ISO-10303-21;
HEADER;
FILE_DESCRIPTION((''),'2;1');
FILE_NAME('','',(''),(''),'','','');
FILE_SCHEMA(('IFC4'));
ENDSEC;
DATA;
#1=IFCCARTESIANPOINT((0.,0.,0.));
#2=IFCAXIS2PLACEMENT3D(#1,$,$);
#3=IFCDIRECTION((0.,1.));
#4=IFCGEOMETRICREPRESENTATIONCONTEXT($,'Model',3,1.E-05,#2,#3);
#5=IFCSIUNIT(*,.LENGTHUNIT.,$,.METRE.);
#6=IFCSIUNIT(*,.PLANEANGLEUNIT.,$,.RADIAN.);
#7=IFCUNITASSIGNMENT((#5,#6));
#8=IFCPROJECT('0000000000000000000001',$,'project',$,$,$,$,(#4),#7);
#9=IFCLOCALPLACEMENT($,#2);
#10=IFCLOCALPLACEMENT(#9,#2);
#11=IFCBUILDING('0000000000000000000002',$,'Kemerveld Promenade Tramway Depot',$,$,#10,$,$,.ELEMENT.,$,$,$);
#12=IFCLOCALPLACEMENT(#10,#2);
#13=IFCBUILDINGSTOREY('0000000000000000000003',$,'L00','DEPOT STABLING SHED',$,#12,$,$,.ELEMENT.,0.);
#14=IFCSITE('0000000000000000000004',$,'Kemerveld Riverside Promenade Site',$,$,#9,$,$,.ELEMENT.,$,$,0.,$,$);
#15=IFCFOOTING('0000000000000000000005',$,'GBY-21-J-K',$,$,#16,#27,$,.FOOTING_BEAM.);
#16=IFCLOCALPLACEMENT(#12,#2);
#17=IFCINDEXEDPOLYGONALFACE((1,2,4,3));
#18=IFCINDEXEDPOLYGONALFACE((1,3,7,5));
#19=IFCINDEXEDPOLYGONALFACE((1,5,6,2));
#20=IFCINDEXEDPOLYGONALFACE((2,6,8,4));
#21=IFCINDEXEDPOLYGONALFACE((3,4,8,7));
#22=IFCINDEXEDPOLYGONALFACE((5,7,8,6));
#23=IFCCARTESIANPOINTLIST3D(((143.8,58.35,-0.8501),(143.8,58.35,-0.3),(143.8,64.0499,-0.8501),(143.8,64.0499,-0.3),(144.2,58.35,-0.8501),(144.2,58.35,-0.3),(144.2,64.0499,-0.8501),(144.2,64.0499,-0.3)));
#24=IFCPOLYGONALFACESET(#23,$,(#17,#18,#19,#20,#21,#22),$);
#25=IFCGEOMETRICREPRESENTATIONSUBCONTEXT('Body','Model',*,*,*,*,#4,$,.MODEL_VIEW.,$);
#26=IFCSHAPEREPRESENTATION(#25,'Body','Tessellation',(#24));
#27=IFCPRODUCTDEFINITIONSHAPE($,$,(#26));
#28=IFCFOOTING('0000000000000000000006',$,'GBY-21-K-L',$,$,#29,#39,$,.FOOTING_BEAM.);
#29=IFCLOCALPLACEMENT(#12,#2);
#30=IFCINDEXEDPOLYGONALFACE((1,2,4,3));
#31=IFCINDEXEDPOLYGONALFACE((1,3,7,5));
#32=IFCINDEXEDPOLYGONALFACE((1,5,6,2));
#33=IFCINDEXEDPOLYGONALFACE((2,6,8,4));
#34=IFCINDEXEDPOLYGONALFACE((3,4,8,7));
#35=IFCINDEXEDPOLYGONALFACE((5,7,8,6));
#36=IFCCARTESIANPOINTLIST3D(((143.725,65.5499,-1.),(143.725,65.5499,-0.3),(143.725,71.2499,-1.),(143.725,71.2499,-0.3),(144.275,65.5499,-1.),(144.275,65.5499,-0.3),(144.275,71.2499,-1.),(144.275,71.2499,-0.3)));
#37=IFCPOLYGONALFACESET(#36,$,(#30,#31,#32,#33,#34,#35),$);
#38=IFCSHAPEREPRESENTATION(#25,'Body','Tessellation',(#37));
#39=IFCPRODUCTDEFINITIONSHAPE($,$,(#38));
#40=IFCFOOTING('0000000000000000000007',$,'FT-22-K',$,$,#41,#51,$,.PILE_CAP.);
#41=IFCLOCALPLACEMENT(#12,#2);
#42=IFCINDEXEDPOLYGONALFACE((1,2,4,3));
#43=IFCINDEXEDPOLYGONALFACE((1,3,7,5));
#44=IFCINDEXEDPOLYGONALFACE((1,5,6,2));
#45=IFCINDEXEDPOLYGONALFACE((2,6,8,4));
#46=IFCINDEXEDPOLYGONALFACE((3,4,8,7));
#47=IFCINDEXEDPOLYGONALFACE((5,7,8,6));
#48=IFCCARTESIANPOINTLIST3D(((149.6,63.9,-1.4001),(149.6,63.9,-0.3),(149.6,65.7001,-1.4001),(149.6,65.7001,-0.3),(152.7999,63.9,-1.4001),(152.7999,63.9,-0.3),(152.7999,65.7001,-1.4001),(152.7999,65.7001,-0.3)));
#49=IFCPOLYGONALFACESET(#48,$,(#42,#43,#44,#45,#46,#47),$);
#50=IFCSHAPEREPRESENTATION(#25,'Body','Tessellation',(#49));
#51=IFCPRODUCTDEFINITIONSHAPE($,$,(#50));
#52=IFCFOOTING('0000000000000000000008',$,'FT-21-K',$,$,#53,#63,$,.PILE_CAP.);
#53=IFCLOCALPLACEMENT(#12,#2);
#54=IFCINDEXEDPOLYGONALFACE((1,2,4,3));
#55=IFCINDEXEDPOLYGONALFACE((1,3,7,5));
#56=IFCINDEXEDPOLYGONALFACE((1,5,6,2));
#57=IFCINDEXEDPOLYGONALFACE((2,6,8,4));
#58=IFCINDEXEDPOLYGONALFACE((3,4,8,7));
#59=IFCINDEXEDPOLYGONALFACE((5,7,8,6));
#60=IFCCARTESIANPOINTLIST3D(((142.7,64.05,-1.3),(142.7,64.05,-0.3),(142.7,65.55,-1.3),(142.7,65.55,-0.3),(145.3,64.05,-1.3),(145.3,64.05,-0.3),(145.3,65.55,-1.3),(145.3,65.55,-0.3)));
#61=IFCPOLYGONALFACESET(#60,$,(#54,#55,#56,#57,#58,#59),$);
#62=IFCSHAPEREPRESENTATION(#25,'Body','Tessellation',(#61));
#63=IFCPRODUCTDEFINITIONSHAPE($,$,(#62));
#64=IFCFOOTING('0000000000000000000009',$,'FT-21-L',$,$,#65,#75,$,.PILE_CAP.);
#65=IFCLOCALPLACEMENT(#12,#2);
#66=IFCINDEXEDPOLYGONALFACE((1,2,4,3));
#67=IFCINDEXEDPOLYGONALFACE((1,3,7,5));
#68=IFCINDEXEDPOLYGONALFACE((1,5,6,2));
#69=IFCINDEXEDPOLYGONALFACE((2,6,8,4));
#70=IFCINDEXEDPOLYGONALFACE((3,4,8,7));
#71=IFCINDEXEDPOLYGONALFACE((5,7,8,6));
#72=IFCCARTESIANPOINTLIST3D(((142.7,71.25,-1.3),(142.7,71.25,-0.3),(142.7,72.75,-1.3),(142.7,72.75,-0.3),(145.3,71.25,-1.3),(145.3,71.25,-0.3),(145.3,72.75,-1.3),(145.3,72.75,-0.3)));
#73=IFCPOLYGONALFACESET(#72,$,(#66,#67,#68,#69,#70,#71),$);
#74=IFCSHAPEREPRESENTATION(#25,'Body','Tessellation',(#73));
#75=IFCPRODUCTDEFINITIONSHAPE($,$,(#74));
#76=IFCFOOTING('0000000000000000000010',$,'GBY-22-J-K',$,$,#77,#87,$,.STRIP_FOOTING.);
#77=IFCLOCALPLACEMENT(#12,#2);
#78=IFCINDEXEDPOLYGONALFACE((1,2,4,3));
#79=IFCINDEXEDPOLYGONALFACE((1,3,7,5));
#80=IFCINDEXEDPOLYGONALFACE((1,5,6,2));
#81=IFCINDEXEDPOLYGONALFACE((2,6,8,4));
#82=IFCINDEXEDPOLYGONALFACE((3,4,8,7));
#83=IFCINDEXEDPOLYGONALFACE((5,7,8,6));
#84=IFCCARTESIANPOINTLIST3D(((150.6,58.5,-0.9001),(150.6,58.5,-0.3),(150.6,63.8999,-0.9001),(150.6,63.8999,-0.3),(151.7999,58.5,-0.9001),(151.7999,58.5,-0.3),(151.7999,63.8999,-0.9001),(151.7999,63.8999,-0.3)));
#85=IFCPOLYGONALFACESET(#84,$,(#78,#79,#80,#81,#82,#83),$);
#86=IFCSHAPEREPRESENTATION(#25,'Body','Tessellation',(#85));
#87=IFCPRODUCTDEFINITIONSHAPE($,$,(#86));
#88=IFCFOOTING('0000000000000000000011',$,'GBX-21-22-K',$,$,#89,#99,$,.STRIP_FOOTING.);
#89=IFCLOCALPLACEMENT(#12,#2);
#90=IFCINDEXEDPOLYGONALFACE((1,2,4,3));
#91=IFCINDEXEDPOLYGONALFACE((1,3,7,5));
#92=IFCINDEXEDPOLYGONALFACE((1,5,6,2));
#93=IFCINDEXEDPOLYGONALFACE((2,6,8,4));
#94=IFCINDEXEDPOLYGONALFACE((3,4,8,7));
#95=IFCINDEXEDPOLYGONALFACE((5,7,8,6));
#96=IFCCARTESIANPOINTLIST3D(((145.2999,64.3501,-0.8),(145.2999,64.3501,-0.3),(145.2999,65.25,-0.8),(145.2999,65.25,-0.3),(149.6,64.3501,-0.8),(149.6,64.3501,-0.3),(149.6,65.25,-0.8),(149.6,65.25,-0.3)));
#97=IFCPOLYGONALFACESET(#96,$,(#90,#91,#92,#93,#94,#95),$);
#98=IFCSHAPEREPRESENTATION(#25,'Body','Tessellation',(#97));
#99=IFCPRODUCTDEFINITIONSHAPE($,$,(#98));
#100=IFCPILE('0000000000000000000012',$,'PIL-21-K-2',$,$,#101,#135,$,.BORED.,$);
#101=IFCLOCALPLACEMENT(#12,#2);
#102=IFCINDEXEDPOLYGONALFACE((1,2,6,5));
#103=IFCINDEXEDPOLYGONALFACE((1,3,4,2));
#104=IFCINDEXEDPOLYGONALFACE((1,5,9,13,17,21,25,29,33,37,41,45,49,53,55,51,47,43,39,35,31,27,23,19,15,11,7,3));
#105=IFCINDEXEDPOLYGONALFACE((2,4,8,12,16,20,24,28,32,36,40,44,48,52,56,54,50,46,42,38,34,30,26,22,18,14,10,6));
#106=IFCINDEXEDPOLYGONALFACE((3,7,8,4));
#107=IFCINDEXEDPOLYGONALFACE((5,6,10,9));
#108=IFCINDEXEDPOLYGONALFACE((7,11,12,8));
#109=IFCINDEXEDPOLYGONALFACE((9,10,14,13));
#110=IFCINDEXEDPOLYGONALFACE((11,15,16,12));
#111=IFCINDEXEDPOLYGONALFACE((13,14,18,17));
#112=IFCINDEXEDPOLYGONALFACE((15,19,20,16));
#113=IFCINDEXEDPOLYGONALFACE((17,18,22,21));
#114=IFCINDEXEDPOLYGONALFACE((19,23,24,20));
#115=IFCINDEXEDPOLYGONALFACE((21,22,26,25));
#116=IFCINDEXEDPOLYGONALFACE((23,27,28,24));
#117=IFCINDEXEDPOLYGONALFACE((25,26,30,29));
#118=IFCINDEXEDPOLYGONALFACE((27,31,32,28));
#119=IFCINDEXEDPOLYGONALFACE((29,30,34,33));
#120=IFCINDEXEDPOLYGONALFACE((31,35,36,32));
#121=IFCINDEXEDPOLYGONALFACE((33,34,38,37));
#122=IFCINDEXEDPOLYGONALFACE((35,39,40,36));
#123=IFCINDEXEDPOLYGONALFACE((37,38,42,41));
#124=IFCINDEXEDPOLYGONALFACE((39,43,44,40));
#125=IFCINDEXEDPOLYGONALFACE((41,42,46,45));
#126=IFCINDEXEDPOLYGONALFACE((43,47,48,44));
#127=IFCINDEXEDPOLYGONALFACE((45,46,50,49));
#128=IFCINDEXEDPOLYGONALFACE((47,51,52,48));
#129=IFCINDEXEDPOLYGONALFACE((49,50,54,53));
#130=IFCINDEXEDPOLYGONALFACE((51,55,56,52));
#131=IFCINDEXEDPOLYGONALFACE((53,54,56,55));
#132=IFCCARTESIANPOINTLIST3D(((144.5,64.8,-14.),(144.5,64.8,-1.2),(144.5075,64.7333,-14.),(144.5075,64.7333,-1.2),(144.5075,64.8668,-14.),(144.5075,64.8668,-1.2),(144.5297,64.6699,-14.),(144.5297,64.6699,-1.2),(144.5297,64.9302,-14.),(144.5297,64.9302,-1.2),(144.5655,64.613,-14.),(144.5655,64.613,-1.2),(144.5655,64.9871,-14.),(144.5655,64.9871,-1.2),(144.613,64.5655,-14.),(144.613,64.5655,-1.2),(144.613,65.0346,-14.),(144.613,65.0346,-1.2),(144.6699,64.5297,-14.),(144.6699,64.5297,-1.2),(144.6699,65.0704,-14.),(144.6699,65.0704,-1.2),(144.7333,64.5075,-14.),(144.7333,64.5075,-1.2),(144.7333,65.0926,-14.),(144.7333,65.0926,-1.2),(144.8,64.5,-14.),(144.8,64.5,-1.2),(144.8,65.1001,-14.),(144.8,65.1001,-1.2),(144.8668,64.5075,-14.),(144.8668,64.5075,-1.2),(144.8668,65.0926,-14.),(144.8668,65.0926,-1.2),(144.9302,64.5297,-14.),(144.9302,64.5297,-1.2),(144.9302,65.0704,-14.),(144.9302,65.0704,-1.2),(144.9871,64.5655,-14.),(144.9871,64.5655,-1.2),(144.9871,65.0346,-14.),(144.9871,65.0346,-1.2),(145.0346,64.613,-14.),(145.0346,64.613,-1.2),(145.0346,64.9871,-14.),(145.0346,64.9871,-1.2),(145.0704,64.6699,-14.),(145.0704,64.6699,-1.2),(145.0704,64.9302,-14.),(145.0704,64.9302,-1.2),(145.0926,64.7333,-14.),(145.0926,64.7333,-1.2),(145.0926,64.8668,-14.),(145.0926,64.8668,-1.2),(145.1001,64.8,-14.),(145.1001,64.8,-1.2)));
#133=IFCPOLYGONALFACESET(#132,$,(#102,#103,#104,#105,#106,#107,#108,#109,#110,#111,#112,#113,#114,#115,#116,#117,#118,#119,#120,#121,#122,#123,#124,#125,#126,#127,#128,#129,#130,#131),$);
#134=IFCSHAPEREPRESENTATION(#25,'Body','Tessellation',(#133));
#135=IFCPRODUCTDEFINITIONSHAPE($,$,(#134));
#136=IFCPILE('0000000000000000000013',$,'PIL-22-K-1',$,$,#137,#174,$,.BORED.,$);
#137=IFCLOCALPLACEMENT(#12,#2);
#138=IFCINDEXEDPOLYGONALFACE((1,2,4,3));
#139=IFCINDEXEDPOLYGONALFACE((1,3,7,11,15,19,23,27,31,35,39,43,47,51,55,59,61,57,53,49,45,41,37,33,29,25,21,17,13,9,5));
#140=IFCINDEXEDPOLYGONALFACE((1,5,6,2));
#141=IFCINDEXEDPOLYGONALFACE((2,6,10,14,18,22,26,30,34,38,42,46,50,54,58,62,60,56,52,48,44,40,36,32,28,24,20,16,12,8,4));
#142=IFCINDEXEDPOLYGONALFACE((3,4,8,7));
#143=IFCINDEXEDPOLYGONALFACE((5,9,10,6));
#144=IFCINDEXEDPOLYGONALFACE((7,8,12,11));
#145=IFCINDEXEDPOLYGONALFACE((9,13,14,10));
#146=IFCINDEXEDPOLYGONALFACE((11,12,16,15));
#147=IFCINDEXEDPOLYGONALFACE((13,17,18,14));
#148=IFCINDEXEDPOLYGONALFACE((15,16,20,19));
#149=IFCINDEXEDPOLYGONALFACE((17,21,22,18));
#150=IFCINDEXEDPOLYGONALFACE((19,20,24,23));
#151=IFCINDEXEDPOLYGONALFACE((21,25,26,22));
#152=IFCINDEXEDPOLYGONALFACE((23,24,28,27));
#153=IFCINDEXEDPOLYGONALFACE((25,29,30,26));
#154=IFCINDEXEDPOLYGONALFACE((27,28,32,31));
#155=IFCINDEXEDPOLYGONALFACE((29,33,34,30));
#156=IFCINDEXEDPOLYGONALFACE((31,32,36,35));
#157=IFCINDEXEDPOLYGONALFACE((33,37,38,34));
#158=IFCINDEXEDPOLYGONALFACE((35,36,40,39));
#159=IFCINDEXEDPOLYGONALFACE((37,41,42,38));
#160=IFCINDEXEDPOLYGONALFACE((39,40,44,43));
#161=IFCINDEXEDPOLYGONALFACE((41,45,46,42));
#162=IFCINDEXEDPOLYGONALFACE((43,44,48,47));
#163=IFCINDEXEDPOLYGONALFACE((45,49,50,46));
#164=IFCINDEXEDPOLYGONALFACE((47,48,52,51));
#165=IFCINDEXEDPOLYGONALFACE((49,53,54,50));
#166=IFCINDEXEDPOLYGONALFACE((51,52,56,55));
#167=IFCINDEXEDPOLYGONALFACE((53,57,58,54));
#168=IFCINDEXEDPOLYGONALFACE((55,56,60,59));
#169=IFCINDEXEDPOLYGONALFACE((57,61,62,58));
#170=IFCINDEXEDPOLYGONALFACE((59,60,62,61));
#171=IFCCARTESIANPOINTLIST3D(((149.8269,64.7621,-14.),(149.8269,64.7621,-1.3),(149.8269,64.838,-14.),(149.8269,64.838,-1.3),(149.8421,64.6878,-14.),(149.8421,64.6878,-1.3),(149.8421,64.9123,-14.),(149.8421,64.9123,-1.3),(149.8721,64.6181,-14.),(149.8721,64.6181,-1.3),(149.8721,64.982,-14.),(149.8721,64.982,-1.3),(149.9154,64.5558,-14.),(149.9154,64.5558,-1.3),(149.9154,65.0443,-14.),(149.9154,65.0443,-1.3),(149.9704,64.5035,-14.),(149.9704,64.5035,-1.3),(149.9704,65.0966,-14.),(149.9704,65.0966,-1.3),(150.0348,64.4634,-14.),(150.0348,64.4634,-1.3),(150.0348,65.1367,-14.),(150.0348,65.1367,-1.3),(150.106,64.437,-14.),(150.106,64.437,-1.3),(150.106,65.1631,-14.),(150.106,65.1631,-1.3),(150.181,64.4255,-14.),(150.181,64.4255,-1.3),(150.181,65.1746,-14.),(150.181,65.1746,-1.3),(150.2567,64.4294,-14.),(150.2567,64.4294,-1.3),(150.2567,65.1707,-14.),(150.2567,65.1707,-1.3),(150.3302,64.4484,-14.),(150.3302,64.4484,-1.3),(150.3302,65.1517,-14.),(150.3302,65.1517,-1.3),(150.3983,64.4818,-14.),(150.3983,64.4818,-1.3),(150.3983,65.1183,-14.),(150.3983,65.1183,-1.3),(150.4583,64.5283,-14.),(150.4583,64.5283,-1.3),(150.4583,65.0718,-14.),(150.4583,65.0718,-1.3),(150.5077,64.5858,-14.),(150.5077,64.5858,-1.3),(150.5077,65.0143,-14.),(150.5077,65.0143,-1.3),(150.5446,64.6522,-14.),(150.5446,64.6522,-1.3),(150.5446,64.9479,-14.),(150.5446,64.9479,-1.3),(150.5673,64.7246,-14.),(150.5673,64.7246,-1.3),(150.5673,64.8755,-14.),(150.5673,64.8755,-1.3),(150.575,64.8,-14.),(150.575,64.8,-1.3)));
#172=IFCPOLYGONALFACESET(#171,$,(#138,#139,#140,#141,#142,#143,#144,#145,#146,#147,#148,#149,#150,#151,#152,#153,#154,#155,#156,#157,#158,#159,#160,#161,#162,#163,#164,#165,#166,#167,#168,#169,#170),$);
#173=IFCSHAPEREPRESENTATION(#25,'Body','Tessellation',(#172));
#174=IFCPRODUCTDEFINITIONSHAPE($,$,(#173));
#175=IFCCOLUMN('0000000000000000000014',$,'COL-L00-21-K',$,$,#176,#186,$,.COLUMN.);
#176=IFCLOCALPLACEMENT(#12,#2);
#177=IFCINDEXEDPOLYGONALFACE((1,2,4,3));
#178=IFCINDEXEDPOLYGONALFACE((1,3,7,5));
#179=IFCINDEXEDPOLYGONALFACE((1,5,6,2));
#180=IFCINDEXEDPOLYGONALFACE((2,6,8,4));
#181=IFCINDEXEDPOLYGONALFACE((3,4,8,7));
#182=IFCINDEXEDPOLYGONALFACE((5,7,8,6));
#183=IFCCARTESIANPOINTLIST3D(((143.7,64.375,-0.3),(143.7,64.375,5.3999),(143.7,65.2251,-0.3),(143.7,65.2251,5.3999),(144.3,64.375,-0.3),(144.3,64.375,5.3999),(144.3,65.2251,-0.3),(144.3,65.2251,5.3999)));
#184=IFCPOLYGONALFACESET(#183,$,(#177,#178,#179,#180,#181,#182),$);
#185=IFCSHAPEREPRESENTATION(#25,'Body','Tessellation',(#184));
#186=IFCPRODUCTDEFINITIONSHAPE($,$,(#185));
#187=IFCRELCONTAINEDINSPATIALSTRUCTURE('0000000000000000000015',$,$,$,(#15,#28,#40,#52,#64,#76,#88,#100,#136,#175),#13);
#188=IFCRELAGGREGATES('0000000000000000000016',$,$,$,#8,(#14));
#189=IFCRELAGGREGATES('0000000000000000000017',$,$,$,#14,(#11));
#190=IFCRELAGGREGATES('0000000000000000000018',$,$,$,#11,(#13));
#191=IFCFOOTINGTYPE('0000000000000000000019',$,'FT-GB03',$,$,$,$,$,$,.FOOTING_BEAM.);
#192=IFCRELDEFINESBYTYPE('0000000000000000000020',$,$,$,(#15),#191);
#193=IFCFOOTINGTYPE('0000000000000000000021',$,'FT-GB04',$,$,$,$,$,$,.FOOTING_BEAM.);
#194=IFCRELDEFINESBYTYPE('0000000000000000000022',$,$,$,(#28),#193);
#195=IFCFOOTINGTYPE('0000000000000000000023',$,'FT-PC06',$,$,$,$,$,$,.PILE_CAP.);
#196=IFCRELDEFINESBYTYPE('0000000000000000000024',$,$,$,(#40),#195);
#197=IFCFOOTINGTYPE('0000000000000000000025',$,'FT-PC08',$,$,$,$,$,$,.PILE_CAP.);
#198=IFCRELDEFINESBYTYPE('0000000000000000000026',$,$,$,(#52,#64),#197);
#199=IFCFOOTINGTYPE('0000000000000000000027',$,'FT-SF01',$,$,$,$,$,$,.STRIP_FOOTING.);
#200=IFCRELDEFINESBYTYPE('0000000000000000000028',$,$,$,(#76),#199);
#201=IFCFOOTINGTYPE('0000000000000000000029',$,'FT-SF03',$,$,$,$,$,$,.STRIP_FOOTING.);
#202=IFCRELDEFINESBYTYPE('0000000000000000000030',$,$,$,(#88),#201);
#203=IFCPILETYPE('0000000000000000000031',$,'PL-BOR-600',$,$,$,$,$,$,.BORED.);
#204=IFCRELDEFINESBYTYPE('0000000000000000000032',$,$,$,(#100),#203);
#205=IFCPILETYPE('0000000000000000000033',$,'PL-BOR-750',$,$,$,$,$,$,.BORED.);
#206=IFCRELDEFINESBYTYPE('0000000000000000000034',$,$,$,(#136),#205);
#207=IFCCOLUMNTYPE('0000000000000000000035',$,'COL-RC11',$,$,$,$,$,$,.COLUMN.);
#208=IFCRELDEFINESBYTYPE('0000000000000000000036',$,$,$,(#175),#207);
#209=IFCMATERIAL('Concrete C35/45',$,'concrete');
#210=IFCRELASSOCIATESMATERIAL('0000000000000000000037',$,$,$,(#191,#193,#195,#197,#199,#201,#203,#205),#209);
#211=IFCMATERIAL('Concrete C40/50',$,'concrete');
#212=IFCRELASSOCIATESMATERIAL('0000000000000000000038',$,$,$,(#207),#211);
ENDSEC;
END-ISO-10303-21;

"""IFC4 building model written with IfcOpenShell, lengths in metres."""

from ifc_helpers import new_model, si_unit, direction, frame, origin, origin_2d, place, context, subcontext, project, spatial, rectangle, circle, extrude, material, material_profile, profile_set, type_object, element, save


model = new_model("IFC4")

# Units and contexts
model_context = context("Model", 3, precision=1e-05, world=origin(), true_north=direction((0.0, 1.0)))
body_context = subcontext(model_context, "Body", "Model", "MODEL_VIEW")
ifc_project = project(units=[si_unit("LENGTHUNIT", "METRE"), si_unit("PLANEANGLEUNIT", "RADIAN")], contexts=[model_context])

# Site, building, storey
site_placement = place(None, origin())
site = spatial("IfcSite", under=ifc_project, at=site_placement, Name="Kemerveld Riverside Promenade Site", CompositionType="ELEMENT", RefElevation=0.0)
building_placement = place(site_placement, origin())
building = spatial("IfcBuilding", under=site, at=building_placement, Name="Kemerveld Promenade Tramway Depot", CompositionType="ELEMENT")
storey_placement = place(building_placement, origin())
storey = spatial("IfcBuildingStorey", under=building, at=storey_placement, Name="L00", Description="DEPOT STABLING SHED", CompositionType="ELEMENT", Elevation=0.0)

# Footings
ifc_material_1 = material(Name="Concrete C35/45", Category="concrete")
footing_type_1 = type_object("IfcFootingType", Name="FT-GB03", PredefinedType="FOOTING_BEAM", material=ifc_material_1)
footing_1_placement = place(storey_placement, frame((144.0, 61.2, -0.8501), z_axis=(0.0, 0.0, 1.0), x_axis=(0.0, 1.0, 0.0)))
element("IfcFooting", 1, at=footing_1_placement, inside=storey, type_object=footing_type_1, Name="GBY-21-J-K", PredefinedType="FOOTING_BEAM", context=body_context, shape_type="SweptSolid", body=[
    extrude(rectangle(XDim=5.7, YDim=0.3999, at=origin_2d()), origin(), (0.0, 0.0, 1.0), 0.55),
])
footing_type_2 = type_object("IfcFootingType", Name="FT-GB04", PredefinedType="FOOTING_BEAM", material=ifc_material_1)
footing_2_placement = place(storey_placement, frame((144.0, 68.3999, -1.0), z_axis=(0.0, 0.0, 1.0), x_axis=(0.0, 1.0, 0.0)))
element("IfcFooting", 2, at=footing_2_placement, inside=storey, type_object=footing_type_2, Name="GBY-21-K-L", PredefinedType="FOOTING_BEAM", context=body_context, shape_type="SweptSolid", body=[
    extrude(rectangle(XDim=5.7, YDim=0.55, at=origin_2d()), origin(), (0.0, 0.0, 1.0), 0.7),
])
footing_type_3 = type_object("IfcFootingType", Name="FT-PC06", PredefinedType="PILE_CAP", material=ifc_material_1)
footing_3_placement = place(storey_placement, frame((151.2, 64.8, -1.4001), z_axis=(0.0, 0.0, 1.0), x_axis=(1.0, 0.0, 0.0)))
element("IfcFooting", 3, at=footing_3_placement, inside=storey, type_object=footing_type_3, Name="FT-22-K", PredefinedType="PILE_CAP", context=body_context, shape_type="SweptSolid", body=[
    extrude(rectangle(XDim=3.2, YDim=1.8, at=origin_2d()), origin(), (0.0, 0.0, 1.0), 1.1001),
])
footing_type_4 = type_object("IfcFootingType", Name="FT-PC08", PredefinedType="PILE_CAP", material=ifc_material_1)
for number, where, z_axis, x_axis, name in (
    (4, (144.0, 64.8, -1.3), (0.0, 0.0, 1.0), (1.0, 0.0, 0.0), "FT-21-K"),
    (5, (144.0, 72.0, -1.3), (0.0, 0.0, 1.0), (1.0, 0.0, 0.0), "FT-21-L"),
):
    element("IfcFooting", number, at=place(storey_placement, frame(where, z_axis=z_axis, x_axis=x_axis)), inside=storey, type_object=footing_type_4, Name=name, PredefinedType="PILE_CAP", context=body_context, shape_type="SweptSolid", body=[
        extrude(rectangle(XDim=2.6001, YDim=1.5, at=origin_2d()), origin(), (0.0, 0.0, 1.0), 1.0),
    ])
footing_type_5 = type_object("IfcFootingType", Name="FT-SF01", PredefinedType="STRIP_FOOTING", material=ifc_material_1)
footing_4_placement = place(storey_placement, frame((151.2, 61.2, -0.9001), z_axis=(0.0, 0.0, 1.0), x_axis=(0.0, 1.0, 0.0)))
element("IfcFooting", 6, at=footing_4_placement, inside=storey, type_object=footing_type_5, Name="GBY-22-J-K", PredefinedType="STRIP_FOOTING", context=body_context, shape_type="SweptSolid", body=[
    extrude(rectangle(XDim=5.3999, YDim=1.2, at=origin_2d()), origin(), (0.0, 0.0, 1.0), 0.6001),
])
footing_type_6 = type_object("IfcFootingType", Name="FT-SF03", PredefinedType="STRIP_FOOTING", material=ifc_material_1)
footing_5_placement = place(storey_placement, frame((147.45, 64.8, -0.8), z_axis=(0.0, 0.0, 1.0), x_axis=(1.0, 0.0, 0.0)))
element("IfcFooting", 7, at=footing_5_placement, inside=storey, type_object=footing_type_6, Name="GBX-21-22-K", PredefinedType="STRIP_FOOTING", context=body_context, shape_type="SweptSolid", body=[
    extrude(rectangle(XDim=4.3, YDim=0.8999, at=origin_2d()), origin(), (0.0, 0.0, 1.0), 0.5),
])

# Piles
ifc_material_profile_1 = material_profile(ifc_material_1, circle(Radius=0.3, at=origin_2d()), Name="PILE-D600")
ifc_profile_set_1 = profile_set([ifc_material_profile_1], Name="Concrete C35/45")
pile_type_1 = type_object("IfcPileType", Name="PL-BOR-600", PredefinedType="BORED", material=ifc_profile_set_1)
pile_1_placement = place(storey_placement, frame((144.8, 64.8, -1.2), z_axis=(0.0, 0.0, -1.0), x_axis=(1.0, 0.0, 0.0)))
element("IfcPile", 8, at=pile_1_placement, inside=storey, type_object=pile_type_1, Name="PIL-21-K-2", PredefinedType="BORED", context=body_context, shape_type="SweptSolid", body=[
    extrude(circle(Radius=0.3, at=origin_2d()), origin(), (0.0, 0.0, 1.0), 12.8),
])
ifc_material_profile_2 = material_profile(ifc_material_1, circle(Radius=0.375, at=origin_2d()), Name="PILE-D750")
ifc_profile_set_2 = profile_set([ifc_material_profile_2], Name="Concrete C35/45")
pile_type_2 = type_object("IfcPileType", Name="PL-BOR-750", PredefinedType="BORED", material=ifc_profile_set_2)
pile_2_placement = place(storey_placement, frame((150.2, 64.8, -1.3), z_axis=(0.0, 0.0, -1.0), x_axis=(1.0, 0.0, 0.0)))
element("IfcPile", 9, at=pile_2_placement, inside=storey, type_object=pile_type_2, Name="PIL-22-K-1", PredefinedType="BORED", context=body_context, shape_type="SweptSolid", body=[
    extrude(circle(Radius=0.375, at=origin_2d()), origin(), (0.0, 0.0, 1.0), 12.7),
])

# Column
ifc_material_2 = material(Name="Concrete C40/50", Category="concrete")
ifc_material_profile_3 = material_profile(ifc_material_2, rectangle(XDim=0.6001, YDim=0.8501, at=origin_2d()), Name="RC-PIER-850x600")
ifc_profile_set_3 = profile_set([ifc_material_profile_3], Name="Concrete C40/50")
column_type_1 = type_object("IfcColumnType", Name="COL-RC11", PredefinedType="COLUMN", material=ifc_profile_set_3)
column_1_placement = place(storey_placement, frame((144.0, 64.8, -0.3), z_axis=(0.0, 0.0, 1.0), x_axis=(1.0, 0.0, 0.0)))
element("IfcColumn", 10, at=column_1_placement, inside=storey, type_object=column_type_1, Name="COL-L00-21-K", PredefinedType="COLUMN", context=body_context, shape_type="SweptSolid", body=[
    extrude(rectangle(XDim=0.6001, YDim=0.8501, at=origin_2d()), origin(), (0.0, 0.0, 1.0), 5.7),
])

save(model, "model.ifc")
